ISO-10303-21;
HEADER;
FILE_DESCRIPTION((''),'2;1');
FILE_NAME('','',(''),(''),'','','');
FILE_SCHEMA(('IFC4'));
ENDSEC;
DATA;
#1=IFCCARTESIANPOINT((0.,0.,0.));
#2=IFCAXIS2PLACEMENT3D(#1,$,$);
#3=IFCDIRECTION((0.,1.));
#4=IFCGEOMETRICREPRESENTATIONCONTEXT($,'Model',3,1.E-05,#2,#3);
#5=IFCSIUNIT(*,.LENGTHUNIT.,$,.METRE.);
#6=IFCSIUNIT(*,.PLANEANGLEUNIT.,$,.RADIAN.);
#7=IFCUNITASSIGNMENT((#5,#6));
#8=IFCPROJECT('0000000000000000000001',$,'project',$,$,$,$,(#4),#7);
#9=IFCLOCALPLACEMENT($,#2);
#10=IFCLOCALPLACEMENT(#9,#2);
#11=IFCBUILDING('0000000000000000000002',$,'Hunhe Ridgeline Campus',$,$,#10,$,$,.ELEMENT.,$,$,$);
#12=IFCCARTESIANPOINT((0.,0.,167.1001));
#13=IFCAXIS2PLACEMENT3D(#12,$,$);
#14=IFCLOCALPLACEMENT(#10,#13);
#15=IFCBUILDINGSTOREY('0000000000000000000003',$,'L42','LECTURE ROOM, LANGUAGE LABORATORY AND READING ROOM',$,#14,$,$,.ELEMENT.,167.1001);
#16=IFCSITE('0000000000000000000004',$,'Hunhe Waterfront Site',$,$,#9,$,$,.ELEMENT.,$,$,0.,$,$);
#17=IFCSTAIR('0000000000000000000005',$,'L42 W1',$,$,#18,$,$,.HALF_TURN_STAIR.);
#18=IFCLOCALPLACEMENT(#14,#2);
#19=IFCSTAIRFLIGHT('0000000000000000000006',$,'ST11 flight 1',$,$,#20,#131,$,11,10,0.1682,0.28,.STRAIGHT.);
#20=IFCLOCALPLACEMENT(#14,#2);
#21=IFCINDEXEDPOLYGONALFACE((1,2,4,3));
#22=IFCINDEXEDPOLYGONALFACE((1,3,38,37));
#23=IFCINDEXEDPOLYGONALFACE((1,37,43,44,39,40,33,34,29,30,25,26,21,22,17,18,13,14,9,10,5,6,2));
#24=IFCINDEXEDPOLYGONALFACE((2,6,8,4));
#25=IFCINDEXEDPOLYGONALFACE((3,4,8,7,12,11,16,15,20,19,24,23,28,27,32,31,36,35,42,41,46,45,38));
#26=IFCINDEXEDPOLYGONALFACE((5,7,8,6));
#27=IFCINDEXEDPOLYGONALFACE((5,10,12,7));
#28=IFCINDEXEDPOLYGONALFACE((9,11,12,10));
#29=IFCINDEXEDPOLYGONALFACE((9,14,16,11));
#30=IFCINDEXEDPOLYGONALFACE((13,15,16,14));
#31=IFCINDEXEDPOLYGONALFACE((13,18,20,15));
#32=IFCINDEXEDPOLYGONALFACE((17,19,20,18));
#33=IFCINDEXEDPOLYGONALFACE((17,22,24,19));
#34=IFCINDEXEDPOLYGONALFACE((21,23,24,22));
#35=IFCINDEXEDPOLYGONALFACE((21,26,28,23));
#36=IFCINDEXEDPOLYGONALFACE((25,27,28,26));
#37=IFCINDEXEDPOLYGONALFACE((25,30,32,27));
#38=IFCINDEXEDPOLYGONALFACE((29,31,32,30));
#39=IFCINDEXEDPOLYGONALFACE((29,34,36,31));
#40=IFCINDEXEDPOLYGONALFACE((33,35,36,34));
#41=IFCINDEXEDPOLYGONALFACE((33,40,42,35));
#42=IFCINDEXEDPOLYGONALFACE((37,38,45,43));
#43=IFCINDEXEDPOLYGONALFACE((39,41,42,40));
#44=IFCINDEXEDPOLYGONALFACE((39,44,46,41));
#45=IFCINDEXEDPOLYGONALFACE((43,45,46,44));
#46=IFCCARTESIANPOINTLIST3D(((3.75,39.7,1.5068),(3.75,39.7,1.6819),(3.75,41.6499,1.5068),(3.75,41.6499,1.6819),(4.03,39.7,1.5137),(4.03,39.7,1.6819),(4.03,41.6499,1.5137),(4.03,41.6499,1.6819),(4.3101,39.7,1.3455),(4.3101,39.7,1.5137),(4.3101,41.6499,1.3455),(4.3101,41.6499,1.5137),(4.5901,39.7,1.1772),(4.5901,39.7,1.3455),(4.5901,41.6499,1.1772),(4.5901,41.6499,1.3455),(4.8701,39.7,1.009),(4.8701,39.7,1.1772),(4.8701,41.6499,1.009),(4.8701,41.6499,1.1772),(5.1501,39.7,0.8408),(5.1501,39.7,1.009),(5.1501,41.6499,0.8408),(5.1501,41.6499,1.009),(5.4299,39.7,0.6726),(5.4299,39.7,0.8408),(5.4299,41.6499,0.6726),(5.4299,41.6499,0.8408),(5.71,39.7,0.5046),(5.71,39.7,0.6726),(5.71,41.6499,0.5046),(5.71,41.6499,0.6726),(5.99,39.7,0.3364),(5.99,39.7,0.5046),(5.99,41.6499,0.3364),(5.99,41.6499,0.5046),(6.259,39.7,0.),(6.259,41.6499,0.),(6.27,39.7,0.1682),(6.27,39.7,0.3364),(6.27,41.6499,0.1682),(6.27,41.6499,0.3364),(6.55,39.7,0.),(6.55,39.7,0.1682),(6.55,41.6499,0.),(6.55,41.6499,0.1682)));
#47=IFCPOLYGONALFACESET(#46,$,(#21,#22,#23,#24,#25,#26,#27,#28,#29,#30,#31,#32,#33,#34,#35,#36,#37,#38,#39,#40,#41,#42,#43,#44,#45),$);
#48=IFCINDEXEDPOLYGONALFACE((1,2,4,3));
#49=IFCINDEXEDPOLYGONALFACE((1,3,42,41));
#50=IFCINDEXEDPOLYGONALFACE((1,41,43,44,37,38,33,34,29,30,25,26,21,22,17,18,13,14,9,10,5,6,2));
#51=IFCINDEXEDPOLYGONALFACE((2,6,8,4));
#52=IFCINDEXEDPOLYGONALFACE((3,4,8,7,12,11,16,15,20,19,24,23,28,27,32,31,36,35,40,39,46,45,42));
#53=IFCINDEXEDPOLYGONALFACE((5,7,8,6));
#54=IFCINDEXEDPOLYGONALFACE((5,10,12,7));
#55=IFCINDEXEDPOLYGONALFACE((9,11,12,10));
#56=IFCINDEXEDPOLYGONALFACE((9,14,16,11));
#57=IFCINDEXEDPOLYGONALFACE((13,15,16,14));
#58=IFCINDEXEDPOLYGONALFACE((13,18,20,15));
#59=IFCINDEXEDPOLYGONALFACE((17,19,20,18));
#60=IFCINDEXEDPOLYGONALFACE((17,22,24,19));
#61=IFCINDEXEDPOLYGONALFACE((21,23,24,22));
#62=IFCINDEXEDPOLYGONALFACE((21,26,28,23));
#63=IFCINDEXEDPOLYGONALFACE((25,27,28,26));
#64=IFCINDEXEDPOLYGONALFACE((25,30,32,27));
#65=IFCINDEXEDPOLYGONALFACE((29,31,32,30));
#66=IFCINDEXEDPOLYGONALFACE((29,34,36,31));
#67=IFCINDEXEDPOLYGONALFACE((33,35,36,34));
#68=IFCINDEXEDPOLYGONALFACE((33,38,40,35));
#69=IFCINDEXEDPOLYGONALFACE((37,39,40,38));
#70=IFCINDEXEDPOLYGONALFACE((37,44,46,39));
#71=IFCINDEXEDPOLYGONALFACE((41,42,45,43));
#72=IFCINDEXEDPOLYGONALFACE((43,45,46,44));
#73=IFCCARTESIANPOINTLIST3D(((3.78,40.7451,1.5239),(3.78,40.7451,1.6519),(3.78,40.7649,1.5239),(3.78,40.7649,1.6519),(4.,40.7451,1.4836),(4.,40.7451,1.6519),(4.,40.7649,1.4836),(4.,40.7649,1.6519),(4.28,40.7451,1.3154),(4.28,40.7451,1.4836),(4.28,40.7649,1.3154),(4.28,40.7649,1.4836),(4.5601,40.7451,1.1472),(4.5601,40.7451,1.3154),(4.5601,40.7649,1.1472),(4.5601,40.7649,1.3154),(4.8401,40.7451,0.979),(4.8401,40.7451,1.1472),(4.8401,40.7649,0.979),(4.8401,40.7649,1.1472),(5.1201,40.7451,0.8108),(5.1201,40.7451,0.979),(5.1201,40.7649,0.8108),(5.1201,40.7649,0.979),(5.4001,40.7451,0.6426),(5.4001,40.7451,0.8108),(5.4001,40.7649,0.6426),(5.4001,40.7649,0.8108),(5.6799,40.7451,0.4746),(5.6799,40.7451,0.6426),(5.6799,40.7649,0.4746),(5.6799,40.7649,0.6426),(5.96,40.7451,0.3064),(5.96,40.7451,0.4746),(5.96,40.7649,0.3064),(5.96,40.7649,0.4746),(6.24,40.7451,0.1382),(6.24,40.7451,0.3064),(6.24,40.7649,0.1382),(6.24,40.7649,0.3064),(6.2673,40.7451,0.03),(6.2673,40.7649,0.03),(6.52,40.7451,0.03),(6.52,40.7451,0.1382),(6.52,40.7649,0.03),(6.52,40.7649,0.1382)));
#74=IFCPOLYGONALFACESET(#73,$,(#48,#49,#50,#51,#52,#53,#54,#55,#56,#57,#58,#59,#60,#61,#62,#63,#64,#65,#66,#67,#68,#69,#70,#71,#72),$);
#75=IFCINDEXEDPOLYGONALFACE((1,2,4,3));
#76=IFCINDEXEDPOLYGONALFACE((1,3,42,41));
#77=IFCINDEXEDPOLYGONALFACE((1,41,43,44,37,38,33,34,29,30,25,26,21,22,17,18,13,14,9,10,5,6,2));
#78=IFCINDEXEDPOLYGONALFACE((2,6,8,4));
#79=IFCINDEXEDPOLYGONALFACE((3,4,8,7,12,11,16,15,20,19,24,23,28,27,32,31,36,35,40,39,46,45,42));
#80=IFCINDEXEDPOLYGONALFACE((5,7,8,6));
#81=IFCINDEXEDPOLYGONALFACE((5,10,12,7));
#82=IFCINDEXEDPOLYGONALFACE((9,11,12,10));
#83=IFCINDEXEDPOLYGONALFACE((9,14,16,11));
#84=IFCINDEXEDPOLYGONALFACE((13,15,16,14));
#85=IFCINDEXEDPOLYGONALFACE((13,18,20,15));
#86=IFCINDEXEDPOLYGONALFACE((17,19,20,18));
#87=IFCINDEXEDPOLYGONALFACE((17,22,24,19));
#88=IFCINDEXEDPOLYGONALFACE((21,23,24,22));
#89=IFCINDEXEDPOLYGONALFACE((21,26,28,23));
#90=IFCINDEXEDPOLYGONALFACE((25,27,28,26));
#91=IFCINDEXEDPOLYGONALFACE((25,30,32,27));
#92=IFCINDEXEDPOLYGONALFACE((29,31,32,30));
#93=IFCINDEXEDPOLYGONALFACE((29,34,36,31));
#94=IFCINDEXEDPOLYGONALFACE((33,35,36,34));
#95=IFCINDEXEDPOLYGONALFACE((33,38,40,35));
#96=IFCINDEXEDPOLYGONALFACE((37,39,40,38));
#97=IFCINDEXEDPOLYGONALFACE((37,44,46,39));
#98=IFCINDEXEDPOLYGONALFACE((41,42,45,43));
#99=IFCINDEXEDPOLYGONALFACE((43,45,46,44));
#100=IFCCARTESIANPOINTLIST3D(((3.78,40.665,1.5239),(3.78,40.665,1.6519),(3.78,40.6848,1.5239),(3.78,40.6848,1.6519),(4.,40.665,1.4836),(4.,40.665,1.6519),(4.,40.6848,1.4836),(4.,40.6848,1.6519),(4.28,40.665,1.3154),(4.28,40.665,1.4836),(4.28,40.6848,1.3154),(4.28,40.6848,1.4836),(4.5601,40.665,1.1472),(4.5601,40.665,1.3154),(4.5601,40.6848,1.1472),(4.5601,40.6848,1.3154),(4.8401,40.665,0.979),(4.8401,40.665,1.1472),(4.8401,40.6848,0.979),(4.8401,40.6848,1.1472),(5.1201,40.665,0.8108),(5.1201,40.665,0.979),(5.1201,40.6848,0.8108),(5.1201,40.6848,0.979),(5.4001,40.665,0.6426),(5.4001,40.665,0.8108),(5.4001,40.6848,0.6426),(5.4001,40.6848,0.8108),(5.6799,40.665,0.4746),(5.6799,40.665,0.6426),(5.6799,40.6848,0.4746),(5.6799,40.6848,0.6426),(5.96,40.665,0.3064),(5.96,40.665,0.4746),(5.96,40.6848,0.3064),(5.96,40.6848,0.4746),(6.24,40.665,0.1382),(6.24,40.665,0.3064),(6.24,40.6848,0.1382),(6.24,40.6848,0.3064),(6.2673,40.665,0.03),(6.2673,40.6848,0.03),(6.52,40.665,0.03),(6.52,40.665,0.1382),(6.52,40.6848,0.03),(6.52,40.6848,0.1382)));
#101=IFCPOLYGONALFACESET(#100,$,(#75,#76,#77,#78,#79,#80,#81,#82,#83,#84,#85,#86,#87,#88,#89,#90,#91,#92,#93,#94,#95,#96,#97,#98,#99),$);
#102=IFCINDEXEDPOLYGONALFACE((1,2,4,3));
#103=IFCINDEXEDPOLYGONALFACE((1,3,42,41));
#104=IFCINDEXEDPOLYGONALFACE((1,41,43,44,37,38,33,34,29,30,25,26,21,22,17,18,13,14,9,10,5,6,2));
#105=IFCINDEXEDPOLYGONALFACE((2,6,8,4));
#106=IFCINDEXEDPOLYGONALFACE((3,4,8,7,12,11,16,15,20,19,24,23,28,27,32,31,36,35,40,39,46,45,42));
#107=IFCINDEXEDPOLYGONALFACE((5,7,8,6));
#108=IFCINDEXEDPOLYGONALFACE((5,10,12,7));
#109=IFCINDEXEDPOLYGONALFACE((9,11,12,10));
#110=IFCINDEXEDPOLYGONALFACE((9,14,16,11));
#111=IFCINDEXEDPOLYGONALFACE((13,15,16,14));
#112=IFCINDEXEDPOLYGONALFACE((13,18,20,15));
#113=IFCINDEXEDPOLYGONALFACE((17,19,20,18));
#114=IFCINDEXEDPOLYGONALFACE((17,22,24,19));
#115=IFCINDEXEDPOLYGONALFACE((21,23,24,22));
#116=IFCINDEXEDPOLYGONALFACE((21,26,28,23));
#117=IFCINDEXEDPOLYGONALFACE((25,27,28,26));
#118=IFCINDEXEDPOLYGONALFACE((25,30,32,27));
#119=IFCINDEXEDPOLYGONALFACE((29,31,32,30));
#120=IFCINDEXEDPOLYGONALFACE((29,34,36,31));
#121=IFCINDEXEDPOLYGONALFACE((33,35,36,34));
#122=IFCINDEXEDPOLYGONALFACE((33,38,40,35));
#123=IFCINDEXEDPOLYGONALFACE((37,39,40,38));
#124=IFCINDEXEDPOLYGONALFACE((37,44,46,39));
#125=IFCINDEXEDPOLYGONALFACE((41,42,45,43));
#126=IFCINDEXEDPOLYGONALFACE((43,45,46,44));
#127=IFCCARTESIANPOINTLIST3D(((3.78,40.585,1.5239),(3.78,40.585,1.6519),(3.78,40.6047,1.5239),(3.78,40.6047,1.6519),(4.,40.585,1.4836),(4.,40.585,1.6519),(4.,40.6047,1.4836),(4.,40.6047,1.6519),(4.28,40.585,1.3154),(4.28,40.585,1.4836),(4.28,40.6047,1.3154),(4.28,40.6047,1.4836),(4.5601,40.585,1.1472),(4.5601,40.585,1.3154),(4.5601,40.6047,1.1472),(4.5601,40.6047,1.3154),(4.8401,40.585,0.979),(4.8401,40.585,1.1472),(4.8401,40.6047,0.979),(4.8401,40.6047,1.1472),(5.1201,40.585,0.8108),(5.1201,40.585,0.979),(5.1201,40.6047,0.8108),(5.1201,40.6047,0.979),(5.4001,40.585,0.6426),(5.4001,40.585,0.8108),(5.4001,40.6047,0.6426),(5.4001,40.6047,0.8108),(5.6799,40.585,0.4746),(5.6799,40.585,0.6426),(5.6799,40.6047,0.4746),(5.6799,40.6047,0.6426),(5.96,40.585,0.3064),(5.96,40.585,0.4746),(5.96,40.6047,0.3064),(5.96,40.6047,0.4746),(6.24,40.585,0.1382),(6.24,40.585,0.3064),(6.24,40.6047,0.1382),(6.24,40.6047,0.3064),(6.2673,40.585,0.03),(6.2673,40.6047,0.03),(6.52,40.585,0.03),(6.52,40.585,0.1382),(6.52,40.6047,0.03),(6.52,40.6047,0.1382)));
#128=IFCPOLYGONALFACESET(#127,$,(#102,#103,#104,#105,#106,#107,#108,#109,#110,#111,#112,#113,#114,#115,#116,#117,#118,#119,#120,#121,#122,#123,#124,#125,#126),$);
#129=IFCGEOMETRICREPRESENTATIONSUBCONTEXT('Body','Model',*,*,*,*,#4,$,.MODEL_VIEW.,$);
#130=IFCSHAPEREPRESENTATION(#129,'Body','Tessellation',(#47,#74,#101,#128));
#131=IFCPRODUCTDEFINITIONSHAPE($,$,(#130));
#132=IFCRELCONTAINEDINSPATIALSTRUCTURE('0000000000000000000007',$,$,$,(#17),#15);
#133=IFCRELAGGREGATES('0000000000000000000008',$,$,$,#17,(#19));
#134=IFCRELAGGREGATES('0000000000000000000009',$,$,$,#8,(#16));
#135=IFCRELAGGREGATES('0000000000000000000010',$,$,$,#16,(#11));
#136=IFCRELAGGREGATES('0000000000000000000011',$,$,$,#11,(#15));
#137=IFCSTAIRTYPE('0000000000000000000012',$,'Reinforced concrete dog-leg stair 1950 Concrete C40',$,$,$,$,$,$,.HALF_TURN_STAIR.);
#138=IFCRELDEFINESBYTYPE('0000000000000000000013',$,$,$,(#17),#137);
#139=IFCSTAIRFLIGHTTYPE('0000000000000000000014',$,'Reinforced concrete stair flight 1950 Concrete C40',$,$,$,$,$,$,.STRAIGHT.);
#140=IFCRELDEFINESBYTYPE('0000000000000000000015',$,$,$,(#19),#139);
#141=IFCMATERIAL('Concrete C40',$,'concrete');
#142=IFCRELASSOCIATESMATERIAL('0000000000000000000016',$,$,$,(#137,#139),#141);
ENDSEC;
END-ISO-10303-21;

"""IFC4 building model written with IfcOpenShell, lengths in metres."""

from ifc_helpers import new_model, si_unit, direction, frame, origin, place, context, subcontext, project, spatial, polyline, outline, extrude, material, type_object, element, aggregate, save


model = new_model("IFC4")

# Units and contexts
model_context = context("Model", 3, precision=1e-05, world=origin(), true_north=direction((0.0, 1.0)))
body_context = subcontext(model_context, "Body", "Model", "MODEL_VIEW")
ifc_project = project(units=[si_unit("LENGTHUNIT", "METRE"), si_unit("PLANEANGLEUNIT", "RADIAN")], contexts=[model_context])

# Site, building, storey
site_placement = place(None, origin())
site = spatial("IfcSite", under=ifc_project, at=site_placement, Name="Hunhe Waterfront Site", CompositionType="ELEMENT", RefElevation=0.0)
building_placement = place(site_placement, origin())
building = spatial("IfcBuilding", under=site, at=building_placement, Name="Hunhe Ridgeline Campus", CompositionType="ELEMENT")
storey_placement = place(building_placement, frame((0.0, 0.0, 167.1001)))
storey = spatial("IfcBuildingStorey", under=building, at=storey_placement, Name="L42", Description="LECTURE ROOM, LANGUAGE LABORATORY AND READING ROOM", CompositionType="ELEMENT", Elevation=167.1001)

# Shared definitions
ifc_material_1 = material(Name="Concrete C40", Category="concrete")
stair_type = type_object("IfcStairType", Name="Reinforced concrete dog-leg stair 1950 Concrete C40", PredefinedType="HALF_TURN_STAIR", material=ifc_material_1)
stair_flight_type = type_object("IfcStairFlightType", Name="Reinforced concrete stair flight 1950 Concrete C40", PredefinedType="STRAIGHT", material=ifc_material_1)

# Stair, stair flight
stair_1_placement = place(storey_placement, origin())
stair_1 = element("IfcStair", 1, at=stair_1_placement, inside=storey, type_object=stair_type, Name="L42 W1", PredefinedType="HALF_TURN_STAIR")
stair_flight_1_placement = place(storey_placement, frame((6.55, 40.675, 0.0), z_axis=(0.0, 0.0, 1.0), x_axis=(-1.0, 0.0, 0.0)))
stair_flight_1 = element("IfcStairFlight", 2, at=stair_flight_1_placement, type_object=stair_flight_type, Name="ST11 flight 1", NumberOfRisers=11, NumberOfTreads=10, PredefinedType="STRAIGHT", RiserHeight=0.1682, TreadLength=0.28, context=body_context, shape_type="SweptSolid", body=[
    extrude(outline(polyline([(0.0, 0.0), (0.0, 0.1682), (0.28, 0.1682), (0.28, 0.3364), (0.5601, 0.3364), (0.5601, 0.5046), (0.8401, 0.5046), (0.8401, 0.6726), (1.1201, 0.6726), (1.1201, 0.8408), (1.3999, 0.8408), (1.3999, 1.009), (1.6799, 1.009), (1.6799, 1.1772), (1.96, 1.1772), (1.96, 1.3455), (2.24, 1.3455), (2.24, 1.5137), (2.52, 1.5137), (2.52, 1.6819), (2.8, 1.6819), (2.8, 1.8501), (2.8, 1.5068), (0.291, 0.0), (0.0, 0.0)])), frame((0.0, 0.9751, 0.0), z_axis=(0.0, -1.0, 0.0), x_axis=(1.0, 0.0, 0.0)), (0.0, 0.0, 1.0), 1.95),
    extrude(outline(polyline([(0.03, 0.03), (0.03, 0.1382), (0.3101, 0.1382), (0.3101, 0.3064), (0.5901, 0.3064), (0.5901, 0.4746), (0.8701, 0.4746), (0.8701, 0.6426), (1.1499, 0.6426), (1.1499, 0.8108), (1.4299, 0.8108), (1.4299, 0.979), (1.71, 0.979), (1.71, 1.1472), (1.99, 1.1472), (1.99, 1.3154), (2.27, 1.3154), (2.27, 1.4836), (2.55, 1.4836), (2.55, 1.6519), (2.77, 1.6519), (2.77, 1.5239), (0.2827, 0.03), (0.03, 0.03)])), frame((0.0, -0.0701, 0.0), z_axis=(0.0, -1.0, 0.0), x_axis=(1.0, 0.0, 0.0)), (0.0, 0.0, 1.0), 0.0198),
    extrude(outline(polyline([(0.03, 0.03), (0.03, 0.1382), (0.3101, 0.1382), (0.3101, 0.3064), (0.5901, 0.3064), (0.5901, 0.4746), (0.8701, 0.4746), (0.8701, 0.6426), (1.1499, 0.6426), (1.1499, 0.8108), (1.4299, 0.8108), (1.4299, 0.979), (1.71, 0.979), (1.71, 1.1472), (1.99, 1.1472), (1.99, 1.3154), (2.27, 1.3154), (2.27, 1.4836), (2.55, 1.4836), (2.55, 1.6519), (2.77, 1.6519), (2.77, 1.5239), (0.2827, 0.03), (0.03, 0.03)])), frame((0.0, 0.01, 0.0), z_axis=(0.0, -1.0, 0.0), x_axis=(1.0, 0.0, 0.0)), (0.0, 0.0, 1.0), 0.0198),
    extrude(outline(polyline([(0.03, 0.03), (0.03, 0.1382), (0.3101, 0.1382), (0.3101, 0.3064), (0.5901, 0.3064), (0.5901, 0.4746), (0.8701, 0.4746), (0.8701, 0.6426), (1.1499, 0.6426), (1.1499, 0.8108), (1.4299, 0.8108), (1.4299, 0.979), (1.71, 0.979), (1.71, 1.1472), (1.99, 1.1472), (1.99, 1.3154), (2.27, 1.3154), (2.27, 1.4836), (2.55, 1.4836), (2.55, 1.6519), (2.77, 1.6519), (2.77, 1.5239), (0.2827, 0.03), (0.03, 0.03)])), frame((0.0, 0.0901, 0.0), z_axis=(0.0, -1.0, 0.0), x_axis=(1.0, 0.0, 0.0)), (0.0, 0.0, 1.0), 0.0198),
])
aggregate(stair_1, [stair_flight_1])

save(model, "model.ifc")
